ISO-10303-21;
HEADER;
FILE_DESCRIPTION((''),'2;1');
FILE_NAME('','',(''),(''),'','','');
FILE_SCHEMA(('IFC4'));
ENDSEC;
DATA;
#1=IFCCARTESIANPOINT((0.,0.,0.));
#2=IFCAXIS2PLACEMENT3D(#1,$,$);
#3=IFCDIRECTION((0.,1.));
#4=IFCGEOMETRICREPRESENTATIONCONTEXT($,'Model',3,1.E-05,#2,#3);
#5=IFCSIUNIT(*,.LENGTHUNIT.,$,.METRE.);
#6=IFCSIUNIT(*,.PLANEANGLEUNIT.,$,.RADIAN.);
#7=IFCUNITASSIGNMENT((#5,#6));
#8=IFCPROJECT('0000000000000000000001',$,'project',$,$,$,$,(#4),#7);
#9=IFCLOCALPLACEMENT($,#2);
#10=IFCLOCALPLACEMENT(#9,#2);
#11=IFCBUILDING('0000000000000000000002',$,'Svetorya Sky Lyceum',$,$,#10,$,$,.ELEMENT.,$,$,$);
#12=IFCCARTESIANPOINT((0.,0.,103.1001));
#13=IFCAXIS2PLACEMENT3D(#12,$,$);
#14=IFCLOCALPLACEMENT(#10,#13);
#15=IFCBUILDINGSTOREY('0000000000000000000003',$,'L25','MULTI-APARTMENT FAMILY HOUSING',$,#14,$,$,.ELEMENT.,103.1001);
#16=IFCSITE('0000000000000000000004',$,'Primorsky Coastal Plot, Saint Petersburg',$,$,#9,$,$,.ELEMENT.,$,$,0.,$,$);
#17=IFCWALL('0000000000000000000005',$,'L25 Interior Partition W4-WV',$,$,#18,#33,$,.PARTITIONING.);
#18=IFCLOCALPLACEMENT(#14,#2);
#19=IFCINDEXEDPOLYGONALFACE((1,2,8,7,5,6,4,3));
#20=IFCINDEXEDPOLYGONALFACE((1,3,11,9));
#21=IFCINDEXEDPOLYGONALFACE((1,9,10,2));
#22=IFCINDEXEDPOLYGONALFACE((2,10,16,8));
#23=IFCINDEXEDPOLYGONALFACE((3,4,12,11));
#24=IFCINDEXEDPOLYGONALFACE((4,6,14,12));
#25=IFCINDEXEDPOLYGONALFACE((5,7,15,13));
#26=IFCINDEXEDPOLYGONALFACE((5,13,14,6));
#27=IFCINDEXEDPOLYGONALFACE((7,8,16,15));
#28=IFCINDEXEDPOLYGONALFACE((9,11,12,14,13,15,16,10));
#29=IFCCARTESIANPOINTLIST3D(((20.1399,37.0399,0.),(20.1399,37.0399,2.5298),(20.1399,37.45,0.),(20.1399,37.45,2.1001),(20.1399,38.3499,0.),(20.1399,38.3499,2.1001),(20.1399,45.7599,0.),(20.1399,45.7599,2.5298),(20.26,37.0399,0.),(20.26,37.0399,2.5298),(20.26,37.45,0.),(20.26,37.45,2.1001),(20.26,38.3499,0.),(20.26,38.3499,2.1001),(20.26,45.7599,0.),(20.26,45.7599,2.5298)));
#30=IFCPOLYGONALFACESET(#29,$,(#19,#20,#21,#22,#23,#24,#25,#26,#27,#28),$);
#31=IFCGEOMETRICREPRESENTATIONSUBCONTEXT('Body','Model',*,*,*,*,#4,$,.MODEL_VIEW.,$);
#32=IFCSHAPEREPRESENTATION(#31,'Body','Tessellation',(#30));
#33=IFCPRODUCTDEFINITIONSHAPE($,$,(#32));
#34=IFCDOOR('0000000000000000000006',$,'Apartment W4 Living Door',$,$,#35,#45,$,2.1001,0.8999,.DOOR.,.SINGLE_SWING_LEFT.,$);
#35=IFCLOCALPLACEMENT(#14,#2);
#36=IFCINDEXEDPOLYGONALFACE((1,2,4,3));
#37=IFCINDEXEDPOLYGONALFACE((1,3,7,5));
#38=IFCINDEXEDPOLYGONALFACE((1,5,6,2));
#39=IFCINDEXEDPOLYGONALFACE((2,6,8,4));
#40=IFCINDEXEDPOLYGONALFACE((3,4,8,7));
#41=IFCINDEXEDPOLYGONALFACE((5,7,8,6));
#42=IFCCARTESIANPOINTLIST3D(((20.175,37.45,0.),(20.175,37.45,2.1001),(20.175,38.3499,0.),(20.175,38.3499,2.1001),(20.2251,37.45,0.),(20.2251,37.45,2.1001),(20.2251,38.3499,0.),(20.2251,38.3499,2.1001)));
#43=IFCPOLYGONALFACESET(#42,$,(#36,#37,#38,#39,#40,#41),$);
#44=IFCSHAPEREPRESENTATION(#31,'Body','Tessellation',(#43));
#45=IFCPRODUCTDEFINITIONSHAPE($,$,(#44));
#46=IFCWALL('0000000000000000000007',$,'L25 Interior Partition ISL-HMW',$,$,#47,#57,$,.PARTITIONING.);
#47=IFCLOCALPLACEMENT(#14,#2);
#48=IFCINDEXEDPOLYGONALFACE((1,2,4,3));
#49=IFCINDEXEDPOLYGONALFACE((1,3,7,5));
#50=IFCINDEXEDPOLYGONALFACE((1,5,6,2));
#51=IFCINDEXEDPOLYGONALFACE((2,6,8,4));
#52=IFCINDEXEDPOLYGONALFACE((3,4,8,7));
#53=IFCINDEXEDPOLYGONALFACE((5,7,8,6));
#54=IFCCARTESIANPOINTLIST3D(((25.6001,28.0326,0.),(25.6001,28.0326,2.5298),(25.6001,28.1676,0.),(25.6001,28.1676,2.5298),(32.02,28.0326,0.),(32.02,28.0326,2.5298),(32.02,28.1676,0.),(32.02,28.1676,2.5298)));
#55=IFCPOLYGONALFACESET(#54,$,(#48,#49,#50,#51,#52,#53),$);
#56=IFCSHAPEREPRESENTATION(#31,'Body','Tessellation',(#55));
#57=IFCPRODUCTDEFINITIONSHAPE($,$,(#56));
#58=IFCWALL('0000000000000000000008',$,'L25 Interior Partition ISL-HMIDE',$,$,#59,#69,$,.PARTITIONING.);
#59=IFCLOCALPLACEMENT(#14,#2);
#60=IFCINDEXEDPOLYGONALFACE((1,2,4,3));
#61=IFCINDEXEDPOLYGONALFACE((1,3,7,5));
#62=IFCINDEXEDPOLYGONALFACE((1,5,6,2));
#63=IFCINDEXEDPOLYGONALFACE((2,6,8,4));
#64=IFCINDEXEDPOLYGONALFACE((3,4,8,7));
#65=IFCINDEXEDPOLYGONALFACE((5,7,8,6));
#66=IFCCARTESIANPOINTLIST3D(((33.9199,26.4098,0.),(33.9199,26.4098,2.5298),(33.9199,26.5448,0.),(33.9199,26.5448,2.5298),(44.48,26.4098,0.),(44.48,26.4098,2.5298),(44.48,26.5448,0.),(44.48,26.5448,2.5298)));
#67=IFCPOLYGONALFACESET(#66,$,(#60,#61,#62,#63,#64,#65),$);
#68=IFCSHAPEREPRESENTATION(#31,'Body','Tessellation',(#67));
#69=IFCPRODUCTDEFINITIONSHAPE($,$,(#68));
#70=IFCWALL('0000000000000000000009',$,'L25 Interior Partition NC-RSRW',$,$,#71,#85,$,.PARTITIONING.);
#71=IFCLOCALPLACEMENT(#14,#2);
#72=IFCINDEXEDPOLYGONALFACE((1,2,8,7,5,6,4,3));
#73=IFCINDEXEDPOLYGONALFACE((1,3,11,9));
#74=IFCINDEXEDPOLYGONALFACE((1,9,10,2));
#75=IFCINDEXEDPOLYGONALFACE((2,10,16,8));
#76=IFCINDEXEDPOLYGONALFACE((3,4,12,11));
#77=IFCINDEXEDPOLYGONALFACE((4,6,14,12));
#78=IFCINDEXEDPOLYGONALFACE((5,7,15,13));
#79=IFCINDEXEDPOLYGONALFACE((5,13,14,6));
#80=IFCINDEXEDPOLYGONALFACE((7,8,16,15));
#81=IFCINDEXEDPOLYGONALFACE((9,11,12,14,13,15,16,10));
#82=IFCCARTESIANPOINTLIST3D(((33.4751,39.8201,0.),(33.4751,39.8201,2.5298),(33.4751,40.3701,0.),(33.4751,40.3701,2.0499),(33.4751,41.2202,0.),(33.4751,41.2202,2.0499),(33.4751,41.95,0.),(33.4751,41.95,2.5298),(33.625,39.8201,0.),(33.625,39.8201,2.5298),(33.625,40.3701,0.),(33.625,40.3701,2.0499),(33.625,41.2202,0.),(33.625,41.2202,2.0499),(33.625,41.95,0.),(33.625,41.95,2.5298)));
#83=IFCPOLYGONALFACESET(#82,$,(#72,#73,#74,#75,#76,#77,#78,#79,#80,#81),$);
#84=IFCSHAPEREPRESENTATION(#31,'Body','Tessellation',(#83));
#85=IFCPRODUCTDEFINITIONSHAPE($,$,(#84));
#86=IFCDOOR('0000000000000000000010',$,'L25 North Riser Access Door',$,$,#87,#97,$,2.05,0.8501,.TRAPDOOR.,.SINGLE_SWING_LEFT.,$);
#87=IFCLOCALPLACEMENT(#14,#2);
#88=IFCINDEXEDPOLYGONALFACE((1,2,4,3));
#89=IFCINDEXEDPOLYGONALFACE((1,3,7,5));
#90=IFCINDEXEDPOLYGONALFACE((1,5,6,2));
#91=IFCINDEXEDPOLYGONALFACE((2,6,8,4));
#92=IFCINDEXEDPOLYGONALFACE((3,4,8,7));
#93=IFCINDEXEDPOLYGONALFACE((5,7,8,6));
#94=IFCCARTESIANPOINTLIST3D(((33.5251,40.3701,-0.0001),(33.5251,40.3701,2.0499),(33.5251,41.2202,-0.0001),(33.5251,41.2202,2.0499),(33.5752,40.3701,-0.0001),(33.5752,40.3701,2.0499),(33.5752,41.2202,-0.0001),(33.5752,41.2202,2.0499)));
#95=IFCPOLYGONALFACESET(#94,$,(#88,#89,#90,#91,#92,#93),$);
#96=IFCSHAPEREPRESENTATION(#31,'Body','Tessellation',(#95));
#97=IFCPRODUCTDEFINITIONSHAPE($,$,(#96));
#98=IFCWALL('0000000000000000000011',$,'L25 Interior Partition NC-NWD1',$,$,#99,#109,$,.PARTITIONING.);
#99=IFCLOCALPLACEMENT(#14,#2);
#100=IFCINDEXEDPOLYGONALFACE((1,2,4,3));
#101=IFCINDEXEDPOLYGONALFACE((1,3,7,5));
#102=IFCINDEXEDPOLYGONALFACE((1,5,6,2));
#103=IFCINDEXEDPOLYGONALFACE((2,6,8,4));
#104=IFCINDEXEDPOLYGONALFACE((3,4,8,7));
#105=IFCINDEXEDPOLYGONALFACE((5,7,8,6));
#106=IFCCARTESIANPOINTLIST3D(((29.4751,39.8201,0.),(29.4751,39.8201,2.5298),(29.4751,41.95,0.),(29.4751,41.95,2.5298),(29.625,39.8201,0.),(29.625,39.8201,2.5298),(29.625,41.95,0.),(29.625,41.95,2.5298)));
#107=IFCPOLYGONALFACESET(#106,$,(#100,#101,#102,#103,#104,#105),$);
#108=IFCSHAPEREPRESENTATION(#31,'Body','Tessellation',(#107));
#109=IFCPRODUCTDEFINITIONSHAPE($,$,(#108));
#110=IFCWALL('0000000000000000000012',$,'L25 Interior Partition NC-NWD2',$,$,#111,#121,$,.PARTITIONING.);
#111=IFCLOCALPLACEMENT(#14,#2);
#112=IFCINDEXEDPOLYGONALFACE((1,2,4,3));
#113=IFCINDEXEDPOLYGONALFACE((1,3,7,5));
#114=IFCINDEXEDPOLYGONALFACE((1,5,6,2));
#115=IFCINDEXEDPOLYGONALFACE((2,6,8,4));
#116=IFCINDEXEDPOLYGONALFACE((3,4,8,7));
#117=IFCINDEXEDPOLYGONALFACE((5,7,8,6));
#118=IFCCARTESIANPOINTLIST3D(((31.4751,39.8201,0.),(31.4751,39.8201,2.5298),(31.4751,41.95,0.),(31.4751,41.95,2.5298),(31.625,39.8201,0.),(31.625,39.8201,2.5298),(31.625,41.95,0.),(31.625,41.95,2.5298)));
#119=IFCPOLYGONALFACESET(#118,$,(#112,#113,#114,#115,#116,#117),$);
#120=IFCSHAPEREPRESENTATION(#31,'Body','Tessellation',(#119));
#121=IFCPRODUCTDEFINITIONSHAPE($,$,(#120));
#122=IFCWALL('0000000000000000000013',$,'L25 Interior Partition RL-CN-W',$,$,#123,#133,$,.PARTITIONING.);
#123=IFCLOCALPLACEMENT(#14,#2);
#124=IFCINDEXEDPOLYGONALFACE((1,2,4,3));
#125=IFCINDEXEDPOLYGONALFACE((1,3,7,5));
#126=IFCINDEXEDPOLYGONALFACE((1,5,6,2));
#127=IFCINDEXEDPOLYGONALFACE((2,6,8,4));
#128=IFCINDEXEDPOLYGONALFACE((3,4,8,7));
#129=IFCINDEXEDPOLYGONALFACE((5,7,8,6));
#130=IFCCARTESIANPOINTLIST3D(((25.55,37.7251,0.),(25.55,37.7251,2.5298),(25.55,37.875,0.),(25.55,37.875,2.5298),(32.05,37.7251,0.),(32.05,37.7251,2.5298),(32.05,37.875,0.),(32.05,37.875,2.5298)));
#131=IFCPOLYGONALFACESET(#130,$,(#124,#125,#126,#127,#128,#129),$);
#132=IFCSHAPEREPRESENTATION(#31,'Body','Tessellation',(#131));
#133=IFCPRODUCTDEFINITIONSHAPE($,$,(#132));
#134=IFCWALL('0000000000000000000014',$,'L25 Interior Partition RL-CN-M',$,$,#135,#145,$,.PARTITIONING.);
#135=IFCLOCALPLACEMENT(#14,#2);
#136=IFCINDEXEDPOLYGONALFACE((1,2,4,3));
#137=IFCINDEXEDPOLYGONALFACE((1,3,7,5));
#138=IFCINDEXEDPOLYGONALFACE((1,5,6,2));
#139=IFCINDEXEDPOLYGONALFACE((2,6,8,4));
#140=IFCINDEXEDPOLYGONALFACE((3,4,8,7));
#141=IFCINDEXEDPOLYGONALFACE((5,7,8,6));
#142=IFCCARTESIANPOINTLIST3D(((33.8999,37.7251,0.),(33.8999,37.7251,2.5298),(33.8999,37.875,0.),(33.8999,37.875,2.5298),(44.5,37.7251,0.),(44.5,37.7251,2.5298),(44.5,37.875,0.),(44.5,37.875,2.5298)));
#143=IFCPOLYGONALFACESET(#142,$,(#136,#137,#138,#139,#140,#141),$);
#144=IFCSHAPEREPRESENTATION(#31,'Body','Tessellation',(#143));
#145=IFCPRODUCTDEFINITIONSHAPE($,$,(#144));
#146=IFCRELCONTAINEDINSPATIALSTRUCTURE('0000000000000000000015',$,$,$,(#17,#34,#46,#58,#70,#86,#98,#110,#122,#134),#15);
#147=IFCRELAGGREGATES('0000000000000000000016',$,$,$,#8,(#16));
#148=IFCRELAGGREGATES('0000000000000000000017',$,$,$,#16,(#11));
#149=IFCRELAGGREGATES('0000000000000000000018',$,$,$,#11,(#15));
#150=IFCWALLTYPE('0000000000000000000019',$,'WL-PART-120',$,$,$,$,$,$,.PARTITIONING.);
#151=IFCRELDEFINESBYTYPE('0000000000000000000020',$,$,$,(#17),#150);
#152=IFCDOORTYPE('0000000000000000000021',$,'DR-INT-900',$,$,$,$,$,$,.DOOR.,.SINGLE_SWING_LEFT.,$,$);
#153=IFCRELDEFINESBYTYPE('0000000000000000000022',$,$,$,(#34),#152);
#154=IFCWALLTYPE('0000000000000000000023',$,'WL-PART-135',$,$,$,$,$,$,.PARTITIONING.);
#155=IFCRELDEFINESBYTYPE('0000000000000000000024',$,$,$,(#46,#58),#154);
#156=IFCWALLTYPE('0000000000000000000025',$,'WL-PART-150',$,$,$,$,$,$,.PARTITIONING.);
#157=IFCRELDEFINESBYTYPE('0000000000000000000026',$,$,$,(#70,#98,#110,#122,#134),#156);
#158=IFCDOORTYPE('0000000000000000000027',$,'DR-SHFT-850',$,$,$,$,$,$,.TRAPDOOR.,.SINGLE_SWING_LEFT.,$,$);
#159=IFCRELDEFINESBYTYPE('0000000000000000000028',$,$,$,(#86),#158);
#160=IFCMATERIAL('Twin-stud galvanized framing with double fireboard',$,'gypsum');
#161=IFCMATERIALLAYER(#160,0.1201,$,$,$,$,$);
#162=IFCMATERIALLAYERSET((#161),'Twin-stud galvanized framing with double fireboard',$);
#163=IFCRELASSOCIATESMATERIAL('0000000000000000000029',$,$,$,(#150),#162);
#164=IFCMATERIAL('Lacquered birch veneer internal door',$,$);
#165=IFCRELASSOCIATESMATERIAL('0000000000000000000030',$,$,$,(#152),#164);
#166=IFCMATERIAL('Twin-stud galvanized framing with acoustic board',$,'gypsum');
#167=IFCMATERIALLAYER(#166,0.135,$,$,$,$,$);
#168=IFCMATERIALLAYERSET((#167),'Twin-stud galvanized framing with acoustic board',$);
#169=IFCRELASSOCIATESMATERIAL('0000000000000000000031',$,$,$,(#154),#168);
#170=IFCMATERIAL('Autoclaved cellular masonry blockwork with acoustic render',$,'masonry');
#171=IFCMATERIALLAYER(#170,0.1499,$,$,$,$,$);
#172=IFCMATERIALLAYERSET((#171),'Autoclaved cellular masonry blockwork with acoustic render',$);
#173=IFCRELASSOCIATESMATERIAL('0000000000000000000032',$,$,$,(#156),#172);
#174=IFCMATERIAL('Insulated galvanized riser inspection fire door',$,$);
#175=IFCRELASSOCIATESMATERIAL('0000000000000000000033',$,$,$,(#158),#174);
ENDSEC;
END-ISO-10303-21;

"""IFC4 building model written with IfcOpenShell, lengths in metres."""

from ifc_helpers import new_model, si_unit, direction, frame, frame_2d, origin, place, context, subcontext, project, spatial, rectangle, extrude, material, layer, layer_set, type_object, element, fill, save


model = new_model("IFC4")

# Units and contexts
model_context = context("Model", 3, precision=1e-05, world=origin(), true_north=direction((0.0, 1.0)))
body_context = subcontext(model_context, "Body", "Model", "MODEL_VIEW")
ifc_project = project(units=[si_unit("LENGTHUNIT", "METRE"), si_unit("PLANEANGLEUNIT", "RADIAN")], contexts=[model_context])

# Site, building, storey
site_placement = place(None, origin())
site = spatial("IfcSite", under=ifc_project, at=site_placement, Name="Primorsky Coastal Plot, Saint Petersburg", CompositionType="ELEMENT", RefElevation=0.0)
building_placement = place(site_placement, origin())
building = spatial("IfcBuilding", under=site, at=building_placement, Name="Svetorya Sky Lyceum", CompositionType="ELEMENT")
storey_placement = place(building_placement, frame((0.0, 0.0, 103.1001)))
storey = spatial("IfcBuildingStorey", under=building, at=storey_placement, Name="L25", Description="MULTI-APARTMENT FAMILY HOUSING", CompositionType="ELEMENT", Elevation=103.1001)

# Wall, opening, door
ifc_material_1 = material(Name="Twin-stud galvanized framing with double fireboard", Category="gypsum")
ifc_layer_1 = layer(ifc_material_1, 0.1201)
ifc_layer_set_1 = layer_set([ifc_layer_1], Name="Twin-stud galvanized framing with double fireboard")
wall_type_1 = type_object("IfcWallType", Name="WL-PART-120", PredefinedType="PARTITIONING", material=ifc_layer_set_1)
ifc_material_2 = material(Name="Lacquered birch veneer internal door")
door_type_1 = type_object("IfcDoorType", Name="DR-INT-900", OperationType="SINGLE_SWING_LEFT", PredefinedType="DOOR", material=ifc_material_2)
wall_1_placement = place(storey_placement, frame((20.2, 37.04, 0.0), z_axis=(0.0, 0.0, 1.0), x_axis=(0.0, 1.0, 0.0)))
wall_1 = element("IfcWall", 1, at=wall_1_placement, inside=storey, type_object=wall_type_1, Name="L25 Interior Partition W4-WV", PredefinedType="PARTITIONING", context=body_context, shape_type="SweptSolid", body=[
    extrude(rectangle(XDim=8.72, YDim=0.1201, at=frame_2d((4.3599, 0.0))), origin(), (0.0, 0.0, 1.0), 2.5298),
])
opening_1_placement = place(wall_1_placement, frame((0.4099, 0.0, 0.0)))
opening_1 = element("IfcOpeningElement", 2, at=opening_1_placement, cuts=wall_1, PredefinedType="OPENING", context=body_context, shape_type="SweptSolid", body=[
    extrude(rectangle(XDim=0.8999, YDim=2.1001, at=frame_2d((0.45, 1.05))), frame((0.0, 0.0701, 0.0), z_axis=(0.0, -1.0, 0.0), x_axis=(1.0, 0.0, 0.0)), (0.0, 0.0, 1.0), 0.1401),
])
door_1_placement = place(opening_1_placement, origin())
door_1 = element("IfcDoor", 3, at=door_1_placement, inside=storey, type_object=door_type_1, Name="Apartment W4 Living Door", OperationType="SINGLE_SWING_LEFT", OverallHeight=2.1001, OverallWidth=0.8999, PredefinedType="DOOR", context=body_context, shape_type="SweptSolid", body=[
    extrude(rectangle(XDim=0.8999, YDim=2.1001, at=frame_2d((0.45, 1.05))), frame((0.0, 0.0249, 0.0), z_axis=(0.0, -1.0, 0.0), x_axis=(1.0, 0.0, 0.0)), (0.0, 0.0, 1.0), 0.05),
])
fill(opening_1, door_1)

# Walls
ifc_material_3 = material(Name="Twin-stud galvanized framing with acoustic board", Category="gypsum")
ifc_layer_2 = layer(ifc_material_3, 0.135)
ifc_layer_set_2 = layer_set([ifc_layer_2], Name="Twin-stud galvanized framing with acoustic board")
wall_type_2 = type_object("IfcWallType", Name="WL-PART-135", PredefinedType="PARTITIONING", material=ifc_layer_set_2)
wall_2_placement = place(storey_placement, frame((25.6001, 28.1001, 0.0), z_axis=(0.0, 0.0, 1.0), x_axis=(1.0, 0.0, 0.0)))
element("IfcWall", 4, at=wall_2_placement, inside=storey, type_object=wall_type_2, Name="L25 Interior Partition ISL-HMW", PredefinedType="PARTITIONING", context=body_context, shape_type="SweptSolid", body=[
    extrude(rectangle(XDim=6.4199, YDim=0.135, at=frame_2d((3.21, 0.0))), origin(), (0.0, 0.0, 1.0), 2.5298),
])
wall_3_placement = place(storey_placement, frame((33.9199, 26.4773, 0.0), z_axis=(0.0, 0.0, 1.0), x_axis=(1.0, 0.0, 0.0)))
element("IfcWall", 5, at=wall_3_placement, inside=storey, type_object=wall_type_2, Name="L25 Interior Partition ISL-HMIDE", PredefinedType="PARTITIONING", context=body_context, shape_type="SweptSolid", body=[
    extrude(rectangle(XDim=10.5601, YDim=0.135, at=frame_2d((5.28, 0.0))), origin(), (0.0, 0.0, 1.0), 2.5298),
])

# Wall, opening, door
ifc_material_4 = material(Name="Autoclaved cellular masonry blockwork with acoustic render", Category="masonry")
ifc_layer_3 = layer(ifc_material_4, 0.1499)
ifc_layer_set_3 = layer_set([ifc_layer_3], Name="Autoclaved cellular masonry blockwork with acoustic render")
wall_type_3 = type_object("IfcWallType", Name="WL-PART-150", PredefinedType="PARTITIONING", material=ifc_layer_set_3)
wall_4_placement = place(storey_placement, frame((33.55, 39.8201, 0.0), z_axis=(0.0, 0.0, 1.0), x_axis=(0.0, 1.0, 0.0)))
wall_4 = element("IfcWall", 6, at=wall_4_placement, inside=storey, type_object=wall_type_3, Name="L25 Interior Partition NC-RSRW", PredefinedType="PARTITIONING", context=body_context, shape_type="SweptSolid", body=[
    extrude(rectangle(XDim=2.1299, YDim=0.1499, at=frame_2d((1.0649, 0.0))), origin(), (0.0, 0.0, 1.0), 2.5298),
])
opening_2_placement = place(wall_4_placement, frame((0.55, 0.0, 0.0)))
opening_2 = element("IfcOpeningElement", 7, at=opening_2_placement, cuts=wall_4, PredefinedType="OPENING", context=body_context, shape_type="SweptSolid", body=[
    extrude(rectangle(XDim=0.8501, YDim=2.05, at=frame_2d((0.425, 1.0249))), frame((0.0, 0.085, 0.0), z_axis=(0.0, -1.0, 0.0), x_axis=(1.0, 0.0, 0.0)), (0.0, 0.0, 1.0), 0.1699),
])
ifc_material_5 = material(Name="Insulated galvanized riser inspection fire door")
door_type_2 = type_object("IfcDoorType", Name="DR-SHFT-850", OperationType="SINGLE_SWING_LEFT", PredefinedType="TRAPDOOR", material=ifc_material_5)
door_2_placement = place(opening_2_placement, origin())
door_2 = element("IfcDoor", 8, at=door_2_placement, inside=storey, type_object=door_type_2, Name="L25 North Riser Access Door", OperationType="SINGLE_SWING_LEFT", OverallHeight=2.05, OverallWidth=0.8501, PredefinedType="TRAPDOOR", context=body_context, shape_type="SweptSolid", body=[
    extrude(rectangle(XDim=0.8501, YDim=2.05, at=frame_2d((0.425, 1.0249))), frame((0.0, 0.0249, 0.0), z_axis=(0.0, -1.0, 0.0), x_axis=(1.0, 0.0, 0.0)), (0.0, 0.0, 1.0), 0.05),
])
fill(opening_2, door_2)

# Walls
for number, where, z_axis, x_axis, name in (
    (9, (29.55, 39.8201, 0.0), (0.0, 0.0, 1.0), (0.0, 1.0, 0.0), "L25 Interior Partition NC-NWD1"),
    (10, (31.55, 39.8201, 0.0), (0.0, 0.0, 1.0), (0.0, 1.0, 0.0), "L25 Interior Partition NC-NWD2"),
):
    element("IfcWall", number, at=place(storey_placement, frame(where, z_axis=z_axis, x_axis=x_axis)), inside=storey, type_object=wall_type_3, Name=name, PredefinedType="PARTITIONING", context=body_context, shape_type="SweptSolid", body=[
        extrude(rectangle(XDim=2.1299, YDim=0.1499, at=frame_2d((1.0649, 0.0))), origin(), (0.0, 0.0, 1.0), 2.5298),
    ])
wall_5_placement = place(storey_placement, frame((25.55, 37.8, 0.0), z_axis=(0.0, 0.0, 1.0), x_axis=(1.0, 0.0, 0.0)))
element("IfcWall", 11, at=wall_5_placement, inside=storey, type_object=wall_type_3, Name="L25 Interior Partition RL-CN-W", PredefinedType="PARTITIONING", context=body_context, shape_type="SweptSolid", body=[
    extrude(rectangle(XDim=6.5, YDim=0.1499, at=frame_2d((3.25, 0.0))), origin(), (0.0, 0.0, 1.0), 2.5298),
])
wall_6_placement = place(storey_placement, frame((33.8999, 37.8, 0.0), z_axis=(0.0, 0.0, 1.0), x_axis=(1.0, 0.0, 0.0)))
element("IfcWall", 12, at=wall_6_placement, inside=storey, type_object=wall_type_3, Name="L25 Interior Partition RL-CN-M", PredefinedType="PARTITIONING", context=body_context, shape_type="SweptSolid", body=[
    extrude(rectangle(XDim=10.6001, YDim=0.1499, at=frame_2d((5.3, 0.0))), origin(), (0.0, 0.0, 1.0), 2.5298),
])

save(model, "model.ifc")
